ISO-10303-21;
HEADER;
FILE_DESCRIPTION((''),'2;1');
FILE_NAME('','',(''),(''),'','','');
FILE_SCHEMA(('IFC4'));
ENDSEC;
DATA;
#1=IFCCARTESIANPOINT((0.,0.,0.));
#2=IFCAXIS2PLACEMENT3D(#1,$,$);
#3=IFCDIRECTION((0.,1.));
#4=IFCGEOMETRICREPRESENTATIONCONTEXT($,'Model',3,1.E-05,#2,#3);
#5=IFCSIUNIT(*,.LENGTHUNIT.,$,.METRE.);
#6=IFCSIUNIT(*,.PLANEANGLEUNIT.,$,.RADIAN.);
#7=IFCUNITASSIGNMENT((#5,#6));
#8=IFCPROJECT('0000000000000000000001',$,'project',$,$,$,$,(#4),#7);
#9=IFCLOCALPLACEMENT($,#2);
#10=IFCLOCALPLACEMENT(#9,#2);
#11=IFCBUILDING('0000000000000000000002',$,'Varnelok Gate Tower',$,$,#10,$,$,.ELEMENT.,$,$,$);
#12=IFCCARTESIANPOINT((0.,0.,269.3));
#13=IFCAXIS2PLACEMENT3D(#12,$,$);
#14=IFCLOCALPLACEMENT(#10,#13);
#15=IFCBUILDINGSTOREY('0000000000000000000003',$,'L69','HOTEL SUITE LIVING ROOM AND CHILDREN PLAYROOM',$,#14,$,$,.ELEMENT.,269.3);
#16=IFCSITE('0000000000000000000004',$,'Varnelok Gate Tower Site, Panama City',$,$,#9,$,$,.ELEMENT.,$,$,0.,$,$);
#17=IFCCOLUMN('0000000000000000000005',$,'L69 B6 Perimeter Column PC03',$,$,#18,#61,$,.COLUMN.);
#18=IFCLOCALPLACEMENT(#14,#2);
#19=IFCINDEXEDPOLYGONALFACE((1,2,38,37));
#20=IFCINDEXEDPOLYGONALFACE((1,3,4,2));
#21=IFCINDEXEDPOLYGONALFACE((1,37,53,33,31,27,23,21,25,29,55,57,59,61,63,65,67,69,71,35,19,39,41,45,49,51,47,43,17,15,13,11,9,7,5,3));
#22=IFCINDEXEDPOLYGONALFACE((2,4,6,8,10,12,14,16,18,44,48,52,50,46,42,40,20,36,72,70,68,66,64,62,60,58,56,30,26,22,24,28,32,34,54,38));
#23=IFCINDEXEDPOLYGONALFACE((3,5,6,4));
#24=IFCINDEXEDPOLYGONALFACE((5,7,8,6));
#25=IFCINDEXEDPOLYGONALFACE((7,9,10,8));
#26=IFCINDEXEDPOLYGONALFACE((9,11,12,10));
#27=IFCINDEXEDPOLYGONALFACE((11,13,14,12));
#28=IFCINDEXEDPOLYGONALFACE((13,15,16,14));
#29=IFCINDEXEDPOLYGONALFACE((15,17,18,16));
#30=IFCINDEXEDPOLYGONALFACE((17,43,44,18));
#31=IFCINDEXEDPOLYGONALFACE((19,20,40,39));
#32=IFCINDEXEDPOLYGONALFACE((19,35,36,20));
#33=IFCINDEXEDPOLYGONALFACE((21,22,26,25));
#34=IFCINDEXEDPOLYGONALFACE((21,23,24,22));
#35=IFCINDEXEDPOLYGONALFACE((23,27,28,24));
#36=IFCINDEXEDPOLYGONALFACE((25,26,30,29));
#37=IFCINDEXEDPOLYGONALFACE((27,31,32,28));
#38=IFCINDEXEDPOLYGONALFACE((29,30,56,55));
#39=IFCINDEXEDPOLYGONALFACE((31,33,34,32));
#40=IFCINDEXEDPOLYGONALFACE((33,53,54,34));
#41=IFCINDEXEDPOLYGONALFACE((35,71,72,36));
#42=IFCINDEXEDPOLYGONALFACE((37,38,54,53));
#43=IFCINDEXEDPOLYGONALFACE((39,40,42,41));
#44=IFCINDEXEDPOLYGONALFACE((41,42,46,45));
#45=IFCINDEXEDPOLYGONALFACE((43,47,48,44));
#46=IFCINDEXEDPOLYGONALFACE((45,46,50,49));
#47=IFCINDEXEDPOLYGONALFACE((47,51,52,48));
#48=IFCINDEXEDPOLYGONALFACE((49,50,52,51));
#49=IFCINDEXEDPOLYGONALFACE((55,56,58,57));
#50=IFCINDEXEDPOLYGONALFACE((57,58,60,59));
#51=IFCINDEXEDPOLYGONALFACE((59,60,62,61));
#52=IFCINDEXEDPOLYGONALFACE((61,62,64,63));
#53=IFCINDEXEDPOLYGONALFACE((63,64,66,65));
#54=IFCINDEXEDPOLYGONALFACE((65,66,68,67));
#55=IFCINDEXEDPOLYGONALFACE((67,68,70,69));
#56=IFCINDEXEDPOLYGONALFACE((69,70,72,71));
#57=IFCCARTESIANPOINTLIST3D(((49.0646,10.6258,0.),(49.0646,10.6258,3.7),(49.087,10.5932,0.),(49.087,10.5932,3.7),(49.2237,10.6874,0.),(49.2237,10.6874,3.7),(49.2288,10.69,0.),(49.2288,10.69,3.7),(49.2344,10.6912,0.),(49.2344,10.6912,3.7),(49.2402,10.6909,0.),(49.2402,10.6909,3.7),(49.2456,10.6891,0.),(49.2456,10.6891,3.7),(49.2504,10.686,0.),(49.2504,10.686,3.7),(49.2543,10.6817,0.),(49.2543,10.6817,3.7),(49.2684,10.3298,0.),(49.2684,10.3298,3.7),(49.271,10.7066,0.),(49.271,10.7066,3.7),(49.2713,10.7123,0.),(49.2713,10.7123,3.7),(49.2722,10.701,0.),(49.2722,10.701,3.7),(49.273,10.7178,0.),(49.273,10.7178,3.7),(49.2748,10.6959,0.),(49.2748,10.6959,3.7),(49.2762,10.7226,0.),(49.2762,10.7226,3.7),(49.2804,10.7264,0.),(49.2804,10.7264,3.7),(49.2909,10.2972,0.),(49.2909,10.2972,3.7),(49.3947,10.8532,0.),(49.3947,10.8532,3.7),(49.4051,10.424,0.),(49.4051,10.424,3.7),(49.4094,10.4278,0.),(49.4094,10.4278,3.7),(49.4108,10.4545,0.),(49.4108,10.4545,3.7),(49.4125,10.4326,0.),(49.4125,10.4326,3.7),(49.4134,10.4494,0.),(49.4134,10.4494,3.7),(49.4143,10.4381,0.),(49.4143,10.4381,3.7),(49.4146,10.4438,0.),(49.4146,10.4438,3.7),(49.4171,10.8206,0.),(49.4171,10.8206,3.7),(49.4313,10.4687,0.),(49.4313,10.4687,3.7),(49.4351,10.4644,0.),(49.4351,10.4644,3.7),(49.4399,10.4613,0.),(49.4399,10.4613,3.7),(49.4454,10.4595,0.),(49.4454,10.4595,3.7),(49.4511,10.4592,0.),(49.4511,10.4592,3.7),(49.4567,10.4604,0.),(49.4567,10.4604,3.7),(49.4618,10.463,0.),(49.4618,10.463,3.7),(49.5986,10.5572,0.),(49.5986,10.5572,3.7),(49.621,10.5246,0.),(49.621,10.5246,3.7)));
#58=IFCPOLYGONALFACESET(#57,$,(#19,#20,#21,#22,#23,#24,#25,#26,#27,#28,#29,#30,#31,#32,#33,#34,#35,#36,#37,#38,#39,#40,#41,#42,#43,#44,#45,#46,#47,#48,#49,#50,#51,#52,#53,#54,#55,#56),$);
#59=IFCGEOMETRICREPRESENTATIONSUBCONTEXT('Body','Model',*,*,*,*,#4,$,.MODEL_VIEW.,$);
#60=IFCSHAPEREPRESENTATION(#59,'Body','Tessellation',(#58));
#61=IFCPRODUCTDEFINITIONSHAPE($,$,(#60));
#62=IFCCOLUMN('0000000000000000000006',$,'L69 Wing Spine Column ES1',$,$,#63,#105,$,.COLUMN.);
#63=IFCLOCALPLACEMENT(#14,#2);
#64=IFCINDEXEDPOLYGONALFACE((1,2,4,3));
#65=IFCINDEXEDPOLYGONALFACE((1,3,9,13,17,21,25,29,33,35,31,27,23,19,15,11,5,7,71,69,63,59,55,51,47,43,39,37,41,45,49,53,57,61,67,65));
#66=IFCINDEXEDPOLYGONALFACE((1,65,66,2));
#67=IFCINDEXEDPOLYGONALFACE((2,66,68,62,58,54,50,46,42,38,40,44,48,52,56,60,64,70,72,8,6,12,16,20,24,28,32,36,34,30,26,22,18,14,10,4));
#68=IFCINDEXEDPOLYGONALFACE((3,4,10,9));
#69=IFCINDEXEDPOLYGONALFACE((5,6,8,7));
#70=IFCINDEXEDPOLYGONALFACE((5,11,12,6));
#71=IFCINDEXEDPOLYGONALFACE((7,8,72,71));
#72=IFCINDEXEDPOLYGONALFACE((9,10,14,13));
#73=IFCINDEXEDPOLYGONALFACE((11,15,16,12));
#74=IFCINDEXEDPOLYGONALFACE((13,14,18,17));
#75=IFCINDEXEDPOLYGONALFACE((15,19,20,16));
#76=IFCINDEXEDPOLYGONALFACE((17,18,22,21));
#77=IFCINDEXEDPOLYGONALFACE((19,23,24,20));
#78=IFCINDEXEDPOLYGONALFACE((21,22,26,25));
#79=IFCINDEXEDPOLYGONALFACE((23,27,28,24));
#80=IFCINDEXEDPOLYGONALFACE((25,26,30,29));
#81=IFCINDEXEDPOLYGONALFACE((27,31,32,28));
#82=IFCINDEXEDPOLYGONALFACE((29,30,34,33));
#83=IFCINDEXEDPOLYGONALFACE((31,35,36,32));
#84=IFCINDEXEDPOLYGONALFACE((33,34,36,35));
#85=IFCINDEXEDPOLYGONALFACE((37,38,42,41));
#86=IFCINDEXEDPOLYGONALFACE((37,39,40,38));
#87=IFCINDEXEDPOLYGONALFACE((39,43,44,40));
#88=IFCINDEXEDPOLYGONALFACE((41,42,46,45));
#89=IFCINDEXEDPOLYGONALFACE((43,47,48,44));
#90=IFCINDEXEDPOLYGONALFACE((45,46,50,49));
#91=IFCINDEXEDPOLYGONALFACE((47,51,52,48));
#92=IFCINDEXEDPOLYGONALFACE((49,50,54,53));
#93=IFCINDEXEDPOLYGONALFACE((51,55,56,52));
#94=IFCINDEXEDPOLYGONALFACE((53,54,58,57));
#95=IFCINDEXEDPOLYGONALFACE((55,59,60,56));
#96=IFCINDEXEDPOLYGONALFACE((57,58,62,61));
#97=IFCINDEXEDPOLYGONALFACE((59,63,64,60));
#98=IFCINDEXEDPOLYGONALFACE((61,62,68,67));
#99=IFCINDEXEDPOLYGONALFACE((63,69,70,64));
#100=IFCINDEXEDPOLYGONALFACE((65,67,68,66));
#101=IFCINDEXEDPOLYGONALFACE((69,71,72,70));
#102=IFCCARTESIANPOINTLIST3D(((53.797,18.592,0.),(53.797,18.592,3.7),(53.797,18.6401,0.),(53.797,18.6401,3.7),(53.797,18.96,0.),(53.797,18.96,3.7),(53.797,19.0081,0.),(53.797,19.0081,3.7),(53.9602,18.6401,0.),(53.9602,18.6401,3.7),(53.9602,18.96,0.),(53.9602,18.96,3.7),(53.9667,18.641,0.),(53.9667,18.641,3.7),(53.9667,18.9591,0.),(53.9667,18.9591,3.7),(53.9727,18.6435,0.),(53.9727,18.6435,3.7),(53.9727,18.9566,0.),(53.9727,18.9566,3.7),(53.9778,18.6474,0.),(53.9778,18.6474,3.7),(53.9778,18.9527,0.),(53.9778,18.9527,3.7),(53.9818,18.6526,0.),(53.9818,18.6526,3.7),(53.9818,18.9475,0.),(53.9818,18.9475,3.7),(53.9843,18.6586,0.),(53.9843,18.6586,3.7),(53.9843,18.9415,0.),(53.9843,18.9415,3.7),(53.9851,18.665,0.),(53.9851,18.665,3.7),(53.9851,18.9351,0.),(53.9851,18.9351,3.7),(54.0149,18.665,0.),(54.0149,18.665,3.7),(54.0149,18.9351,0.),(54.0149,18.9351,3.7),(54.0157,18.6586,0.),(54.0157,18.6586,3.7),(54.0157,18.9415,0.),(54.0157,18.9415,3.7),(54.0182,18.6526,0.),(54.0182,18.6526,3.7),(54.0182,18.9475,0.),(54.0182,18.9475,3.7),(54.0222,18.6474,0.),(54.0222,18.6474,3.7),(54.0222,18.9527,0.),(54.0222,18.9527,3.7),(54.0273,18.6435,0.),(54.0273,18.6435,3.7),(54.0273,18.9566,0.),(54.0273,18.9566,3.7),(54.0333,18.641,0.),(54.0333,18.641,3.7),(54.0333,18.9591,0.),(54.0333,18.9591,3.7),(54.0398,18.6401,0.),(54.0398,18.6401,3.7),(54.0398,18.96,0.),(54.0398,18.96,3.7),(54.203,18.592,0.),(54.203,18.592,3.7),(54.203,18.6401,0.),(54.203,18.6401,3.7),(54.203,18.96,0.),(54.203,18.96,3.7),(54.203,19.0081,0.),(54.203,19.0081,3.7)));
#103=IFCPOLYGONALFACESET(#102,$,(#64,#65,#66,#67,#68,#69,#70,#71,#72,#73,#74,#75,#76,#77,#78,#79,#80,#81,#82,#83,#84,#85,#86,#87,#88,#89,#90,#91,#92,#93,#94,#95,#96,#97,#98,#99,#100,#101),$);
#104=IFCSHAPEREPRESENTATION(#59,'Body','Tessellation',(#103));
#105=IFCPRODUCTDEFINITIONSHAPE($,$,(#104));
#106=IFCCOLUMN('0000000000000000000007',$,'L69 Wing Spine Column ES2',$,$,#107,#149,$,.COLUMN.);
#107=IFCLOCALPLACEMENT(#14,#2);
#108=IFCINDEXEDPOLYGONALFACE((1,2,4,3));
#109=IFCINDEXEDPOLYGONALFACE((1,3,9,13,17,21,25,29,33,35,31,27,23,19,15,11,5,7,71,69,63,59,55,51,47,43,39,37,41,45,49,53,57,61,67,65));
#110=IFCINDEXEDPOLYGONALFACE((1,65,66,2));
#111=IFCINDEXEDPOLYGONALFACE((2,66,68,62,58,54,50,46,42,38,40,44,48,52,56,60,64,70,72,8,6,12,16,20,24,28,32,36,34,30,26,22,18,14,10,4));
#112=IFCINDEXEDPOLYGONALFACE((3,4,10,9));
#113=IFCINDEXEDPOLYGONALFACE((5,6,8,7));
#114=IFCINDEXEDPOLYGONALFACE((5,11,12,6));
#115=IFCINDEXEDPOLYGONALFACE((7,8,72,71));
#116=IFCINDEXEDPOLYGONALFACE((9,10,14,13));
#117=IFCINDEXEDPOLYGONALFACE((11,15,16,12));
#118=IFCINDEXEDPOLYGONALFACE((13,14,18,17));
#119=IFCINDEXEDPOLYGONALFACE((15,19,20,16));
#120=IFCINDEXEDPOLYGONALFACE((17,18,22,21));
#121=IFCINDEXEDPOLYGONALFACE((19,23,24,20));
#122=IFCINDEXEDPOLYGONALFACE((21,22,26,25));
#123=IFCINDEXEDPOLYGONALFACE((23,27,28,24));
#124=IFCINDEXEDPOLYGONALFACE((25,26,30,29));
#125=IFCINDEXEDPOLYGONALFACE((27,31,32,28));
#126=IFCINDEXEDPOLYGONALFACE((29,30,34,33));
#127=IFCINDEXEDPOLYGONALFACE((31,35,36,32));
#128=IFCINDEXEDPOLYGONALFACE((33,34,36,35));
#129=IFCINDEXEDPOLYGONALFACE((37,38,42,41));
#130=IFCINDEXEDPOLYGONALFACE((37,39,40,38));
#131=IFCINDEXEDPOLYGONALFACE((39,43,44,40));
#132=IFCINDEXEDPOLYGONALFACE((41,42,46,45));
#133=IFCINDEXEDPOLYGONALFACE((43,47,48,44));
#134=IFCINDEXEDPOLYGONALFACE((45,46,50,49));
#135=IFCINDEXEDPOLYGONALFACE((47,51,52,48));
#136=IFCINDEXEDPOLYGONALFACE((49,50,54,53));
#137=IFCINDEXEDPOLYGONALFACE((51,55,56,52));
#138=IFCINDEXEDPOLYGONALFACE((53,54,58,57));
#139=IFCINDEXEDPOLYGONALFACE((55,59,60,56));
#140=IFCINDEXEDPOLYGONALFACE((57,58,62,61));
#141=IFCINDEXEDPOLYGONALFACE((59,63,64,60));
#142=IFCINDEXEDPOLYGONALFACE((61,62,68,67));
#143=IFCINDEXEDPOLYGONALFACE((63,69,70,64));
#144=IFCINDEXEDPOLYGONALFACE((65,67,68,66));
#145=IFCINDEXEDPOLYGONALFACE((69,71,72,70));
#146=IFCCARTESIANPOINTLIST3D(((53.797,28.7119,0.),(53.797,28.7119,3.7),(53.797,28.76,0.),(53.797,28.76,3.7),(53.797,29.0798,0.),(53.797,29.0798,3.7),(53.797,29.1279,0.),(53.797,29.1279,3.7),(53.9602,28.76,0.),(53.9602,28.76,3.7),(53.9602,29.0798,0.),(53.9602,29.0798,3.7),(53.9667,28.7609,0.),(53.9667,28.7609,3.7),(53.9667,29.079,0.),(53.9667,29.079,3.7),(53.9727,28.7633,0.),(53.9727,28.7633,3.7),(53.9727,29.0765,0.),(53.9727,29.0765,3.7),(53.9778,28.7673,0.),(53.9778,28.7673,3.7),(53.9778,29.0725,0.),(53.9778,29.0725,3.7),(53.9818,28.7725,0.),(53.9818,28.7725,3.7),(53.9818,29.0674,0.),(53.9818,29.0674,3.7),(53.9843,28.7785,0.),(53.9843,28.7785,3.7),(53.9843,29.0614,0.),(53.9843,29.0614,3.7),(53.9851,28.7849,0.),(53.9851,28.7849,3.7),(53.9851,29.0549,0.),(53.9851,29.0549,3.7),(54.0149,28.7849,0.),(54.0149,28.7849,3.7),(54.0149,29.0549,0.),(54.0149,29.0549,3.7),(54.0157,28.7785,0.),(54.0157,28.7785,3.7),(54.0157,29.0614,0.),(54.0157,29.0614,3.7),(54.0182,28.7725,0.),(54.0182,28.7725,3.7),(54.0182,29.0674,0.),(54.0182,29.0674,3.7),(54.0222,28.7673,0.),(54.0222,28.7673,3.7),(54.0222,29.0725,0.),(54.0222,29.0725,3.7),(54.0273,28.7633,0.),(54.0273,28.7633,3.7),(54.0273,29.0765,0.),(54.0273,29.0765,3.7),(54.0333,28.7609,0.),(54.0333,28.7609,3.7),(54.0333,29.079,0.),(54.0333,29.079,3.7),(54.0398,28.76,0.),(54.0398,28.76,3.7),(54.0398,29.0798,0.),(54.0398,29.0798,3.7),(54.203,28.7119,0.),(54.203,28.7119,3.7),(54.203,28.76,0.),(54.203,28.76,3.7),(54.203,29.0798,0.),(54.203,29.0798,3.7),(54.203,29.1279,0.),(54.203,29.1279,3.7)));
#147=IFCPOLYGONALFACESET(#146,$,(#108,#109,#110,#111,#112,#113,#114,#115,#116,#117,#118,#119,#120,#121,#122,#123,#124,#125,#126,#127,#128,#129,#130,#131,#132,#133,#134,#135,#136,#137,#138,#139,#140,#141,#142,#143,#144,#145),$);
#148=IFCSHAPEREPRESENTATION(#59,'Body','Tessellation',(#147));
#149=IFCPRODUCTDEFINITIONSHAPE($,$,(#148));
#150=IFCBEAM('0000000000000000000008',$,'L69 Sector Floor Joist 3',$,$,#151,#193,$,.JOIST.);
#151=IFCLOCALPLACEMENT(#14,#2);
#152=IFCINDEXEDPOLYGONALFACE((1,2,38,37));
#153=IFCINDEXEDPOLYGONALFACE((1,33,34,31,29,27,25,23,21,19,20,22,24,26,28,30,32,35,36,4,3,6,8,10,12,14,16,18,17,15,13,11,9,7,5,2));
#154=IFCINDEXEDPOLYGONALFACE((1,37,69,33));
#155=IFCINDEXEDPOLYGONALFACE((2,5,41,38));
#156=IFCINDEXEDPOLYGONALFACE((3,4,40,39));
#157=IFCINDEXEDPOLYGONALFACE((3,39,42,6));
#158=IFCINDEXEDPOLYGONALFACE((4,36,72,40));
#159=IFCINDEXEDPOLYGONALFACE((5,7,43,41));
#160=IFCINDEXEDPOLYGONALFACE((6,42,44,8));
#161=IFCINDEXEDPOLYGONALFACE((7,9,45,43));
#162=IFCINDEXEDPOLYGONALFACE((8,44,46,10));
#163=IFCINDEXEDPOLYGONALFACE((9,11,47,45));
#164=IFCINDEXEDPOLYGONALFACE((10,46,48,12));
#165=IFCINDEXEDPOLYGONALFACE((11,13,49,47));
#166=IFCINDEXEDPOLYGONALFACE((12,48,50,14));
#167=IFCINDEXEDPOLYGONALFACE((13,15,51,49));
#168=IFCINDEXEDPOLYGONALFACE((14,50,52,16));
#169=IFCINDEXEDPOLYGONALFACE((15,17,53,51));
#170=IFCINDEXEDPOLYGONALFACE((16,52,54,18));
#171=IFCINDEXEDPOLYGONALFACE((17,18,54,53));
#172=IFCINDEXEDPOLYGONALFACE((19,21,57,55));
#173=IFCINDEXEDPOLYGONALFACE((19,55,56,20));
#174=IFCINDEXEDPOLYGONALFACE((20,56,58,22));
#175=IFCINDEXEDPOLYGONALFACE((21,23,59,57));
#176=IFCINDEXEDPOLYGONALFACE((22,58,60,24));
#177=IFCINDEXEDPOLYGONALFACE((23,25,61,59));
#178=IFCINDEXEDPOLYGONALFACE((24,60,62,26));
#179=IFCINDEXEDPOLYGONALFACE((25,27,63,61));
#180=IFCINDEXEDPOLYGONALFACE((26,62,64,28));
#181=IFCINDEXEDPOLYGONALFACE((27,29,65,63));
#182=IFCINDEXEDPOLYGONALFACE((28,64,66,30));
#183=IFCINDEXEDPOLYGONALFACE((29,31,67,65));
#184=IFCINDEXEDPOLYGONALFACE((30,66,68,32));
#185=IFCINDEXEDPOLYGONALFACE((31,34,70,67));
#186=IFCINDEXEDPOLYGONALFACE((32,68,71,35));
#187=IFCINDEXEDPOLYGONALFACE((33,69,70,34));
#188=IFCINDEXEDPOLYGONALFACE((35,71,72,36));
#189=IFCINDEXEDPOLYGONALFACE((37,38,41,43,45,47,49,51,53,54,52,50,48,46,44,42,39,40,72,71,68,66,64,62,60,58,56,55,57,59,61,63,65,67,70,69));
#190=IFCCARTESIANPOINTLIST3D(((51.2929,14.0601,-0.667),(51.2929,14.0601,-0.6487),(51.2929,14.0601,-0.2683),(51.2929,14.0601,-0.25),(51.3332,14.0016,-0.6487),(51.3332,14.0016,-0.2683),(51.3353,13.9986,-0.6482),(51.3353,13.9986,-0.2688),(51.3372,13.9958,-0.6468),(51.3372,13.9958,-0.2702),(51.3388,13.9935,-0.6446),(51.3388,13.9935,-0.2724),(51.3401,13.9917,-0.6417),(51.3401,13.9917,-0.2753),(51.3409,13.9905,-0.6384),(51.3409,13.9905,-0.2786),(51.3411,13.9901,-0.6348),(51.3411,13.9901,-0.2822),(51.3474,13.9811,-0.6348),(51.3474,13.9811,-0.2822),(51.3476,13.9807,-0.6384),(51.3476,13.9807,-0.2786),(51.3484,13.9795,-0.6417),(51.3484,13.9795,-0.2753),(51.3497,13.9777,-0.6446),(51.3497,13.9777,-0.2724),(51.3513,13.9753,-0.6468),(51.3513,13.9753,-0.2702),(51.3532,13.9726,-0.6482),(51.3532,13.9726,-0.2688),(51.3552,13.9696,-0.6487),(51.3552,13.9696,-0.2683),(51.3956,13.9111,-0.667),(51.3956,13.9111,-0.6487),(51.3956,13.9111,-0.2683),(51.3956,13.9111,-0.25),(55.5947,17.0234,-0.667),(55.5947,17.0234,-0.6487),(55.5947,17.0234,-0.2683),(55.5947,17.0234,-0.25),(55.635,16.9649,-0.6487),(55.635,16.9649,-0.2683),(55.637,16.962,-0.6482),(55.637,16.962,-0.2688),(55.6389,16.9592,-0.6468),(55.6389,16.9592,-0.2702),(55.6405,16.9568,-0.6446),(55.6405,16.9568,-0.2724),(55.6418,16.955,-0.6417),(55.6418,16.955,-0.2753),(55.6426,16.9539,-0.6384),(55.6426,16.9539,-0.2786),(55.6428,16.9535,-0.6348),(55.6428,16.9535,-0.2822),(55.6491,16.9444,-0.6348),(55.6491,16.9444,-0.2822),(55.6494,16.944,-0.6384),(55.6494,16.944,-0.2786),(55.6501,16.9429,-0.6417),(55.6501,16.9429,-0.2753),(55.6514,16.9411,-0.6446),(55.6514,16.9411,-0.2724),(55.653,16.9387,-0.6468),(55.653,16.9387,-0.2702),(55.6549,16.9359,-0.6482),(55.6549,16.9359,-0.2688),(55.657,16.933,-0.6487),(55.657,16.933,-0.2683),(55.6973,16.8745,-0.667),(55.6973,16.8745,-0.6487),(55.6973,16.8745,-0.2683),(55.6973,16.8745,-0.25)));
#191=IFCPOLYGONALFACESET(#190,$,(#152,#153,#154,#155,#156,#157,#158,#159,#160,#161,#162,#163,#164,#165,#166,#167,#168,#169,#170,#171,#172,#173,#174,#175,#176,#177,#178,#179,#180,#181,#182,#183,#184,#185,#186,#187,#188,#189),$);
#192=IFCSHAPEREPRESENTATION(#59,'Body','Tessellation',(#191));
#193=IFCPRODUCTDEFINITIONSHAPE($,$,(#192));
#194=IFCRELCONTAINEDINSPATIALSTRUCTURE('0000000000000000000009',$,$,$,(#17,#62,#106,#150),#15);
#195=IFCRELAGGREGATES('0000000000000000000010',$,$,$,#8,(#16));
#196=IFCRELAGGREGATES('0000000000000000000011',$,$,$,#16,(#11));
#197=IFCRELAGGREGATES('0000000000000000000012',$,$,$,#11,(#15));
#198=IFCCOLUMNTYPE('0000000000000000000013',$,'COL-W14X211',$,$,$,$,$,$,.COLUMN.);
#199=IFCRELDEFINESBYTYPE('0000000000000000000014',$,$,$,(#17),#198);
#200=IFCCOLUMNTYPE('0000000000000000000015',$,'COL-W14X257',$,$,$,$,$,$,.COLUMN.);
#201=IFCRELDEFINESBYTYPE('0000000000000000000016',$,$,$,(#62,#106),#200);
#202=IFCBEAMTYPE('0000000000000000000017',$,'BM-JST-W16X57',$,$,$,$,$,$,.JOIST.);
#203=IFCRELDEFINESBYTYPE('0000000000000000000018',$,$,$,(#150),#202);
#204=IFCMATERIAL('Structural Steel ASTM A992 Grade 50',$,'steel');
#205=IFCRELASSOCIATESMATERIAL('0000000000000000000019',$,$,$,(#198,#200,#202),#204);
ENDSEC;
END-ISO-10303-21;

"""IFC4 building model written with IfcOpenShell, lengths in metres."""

from ifc_helpers import new_model, si_unit, direction, frame, origin, origin_2d, place, context, subcontext, project, spatial, i_section, extrude, material, material_profile, profile_set, type_object, element, save


model = new_model("IFC4")

# Units and contexts
model_context = context("Model", 3, precision=1e-05, world=origin(), true_north=direction((0.0, 1.0)))
body_context = subcontext(model_context, "Body", "Model", "MODEL_VIEW")
ifc_project = project(units=[si_unit("LENGTHUNIT", "METRE"), si_unit("PLANEANGLEUNIT", "RADIAN")], contexts=[model_context])

# Site, building, storey
site_placement = place(None, origin())
site = spatial("IfcSite", under=ifc_project, at=site_placement, Name="Varnelok Gate Tower Site, Panama City", CompositionType="ELEMENT", RefElevation=0.0)
building_placement = place(site_placement, origin())
building = spatial("IfcBuilding", under=site, at=building_placement, Name="Varnelok Gate Tower", CompositionType="ELEMENT")
storey_placement = place(building_placement, frame((0.0, 0.0, 269.3)))
storey = spatial("IfcBuildingStorey", under=building, at=storey_placement, Name="L69", Description="HOTEL SUITE LIVING ROOM AND CHILDREN PLAYROOM", CompositionType="ELEMENT", Elevation=269.3)

# Columns
ifc_material_1 = material(Name="Structural Steel ASTM A992 Grade 50", Category="steel")
ifc_material_profile_1 = material_profile(ifc_material_1, i_section(OverallWidth=0.4009, OverallDepth=0.3989, WebThickness=0.0249, FlangeThickness=0.0396, FilletRadius=0.022, at=origin_2d()), Name="W14X211")
ifc_profile_set_1 = profile_set([ifc_material_profile_1], Name="Structural Steel ASTM A992 Grade 50")
column_type_1 = type_object("IfcColumnType", Name="COL-W14X211", PredefinedType="COLUMN", material=ifc_profile_set_1)
column_placement = place(storey_placement, frame((49.3428, 10.5752, 0.0), z_axis=(0.0, 0.0, 1.0), x_axis=(0.823533, 0.567269, 0.0)))
element("IfcColumn", 1, at=column_placement, inside=storey, type_object=column_type_1, Name="L69 B6 Perimeter Column PC03", PredefinedType="COLUMN", context=body_context, shape_type="SweptSolid", body=[
    extrude(i_section(OverallWidth=0.4009, OverallDepth=0.3989, WebThickness=0.0249, FlangeThickness=0.0396, FilletRadius=0.022, at=origin_2d()), origin(), (0.0, 0.0, 1.0), 3.7),
])
ifc_material_profile_2 = material_profile(ifc_material_1, i_section(OverallWidth=0.406, OverallDepth=0.416, WebThickness=0.0298, FlangeThickness=0.0481, FilletRadius=0.0249, at=origin_2d()), Name="W14X257")
ifc_profile_set_2 = profile_set([ifc_material_profile_2], Name="Structural Steel ASTM A992 Grade 50")
column_type_2 = type_object("IfcColumnType", Name="COL-W14X257", PredefinedType="COLUMN", material=ifc_profile_set_2)
for number, where, z_axis, x_axis, name in (
    (2, (54.0, 18.8, 0.0), (0.0, 0.0, 1.0), (1.0, 0.0, 0.0), "L69 Wing Spine Column ES1"),
    (3, (54.0, 28.9199, 0.0), (0.0, 0.0, 1.0), (1.0, 0.0, 0.0), "L69 Wing Spine Column ES2"),
):
    element("IfcColumn", number, at=place(storey_placement, frame(where, z_axis=z_axis, x_axis=x_axis)), inside=storey, type_object=column_type_2, Name=name, PredefinedType="COLUMN", context=body_context, shape_type="SweptSolid", body=[
        extrude(i_section(OverallWidth=0.406, OverallDepth=0.416, WebThickness=0.0298, FlangeThickness=0.0481, FilletRadius=0.0249, at=origin_2d()), origin(), (0.0, 0.0, 1.0), 3.7),
    ])

# Beam
ifc_material_profile_3 = material_profile(ifc_material_1, i_section(OverallWidth=0.1809, OverallDepth=0.417, WebThickness=0.011, FlangeThickness=0.0183, FilletRadius=0.0139, at=origin_2d()), Name="W16X57")
ifc_profile_set_3 = profile_set([ifc_material_profile_3], Name="Structural Steel ASTM A992 Grade 50")
beam_type_1 = type_object("IfcBeamType", Name="BM-JST-W16X57", PredefinedType="JOIST", material=ifc_profile_set_3)
beam_1_placement = place(storey_placement, frame((51.3442, 13.9856, -0.4585), z_axis=(0.823512, 0.567298, 0.0), x_axis=(-0.567298, 0.823512, 0.0)))
element("IfcBeam", 4, at=beam_1_placement, inside=storey, type_object=beam_type_1, Name="L69 Sector Floor Joist 3", PredefinedType="JOIST", context=body_context, shape_type="SweptSolid", body=[
    extrude(i_section(OverallWidth=0.1809, OverallDepth=0.417, WebThickness=0.011, FlangeThickness=0.0183, FilletRadius=0.0139, at=origin_2d()), origin(), (0.0, 0.0, 1.0), 5.2236),
])

save(model, "model.ifc")
